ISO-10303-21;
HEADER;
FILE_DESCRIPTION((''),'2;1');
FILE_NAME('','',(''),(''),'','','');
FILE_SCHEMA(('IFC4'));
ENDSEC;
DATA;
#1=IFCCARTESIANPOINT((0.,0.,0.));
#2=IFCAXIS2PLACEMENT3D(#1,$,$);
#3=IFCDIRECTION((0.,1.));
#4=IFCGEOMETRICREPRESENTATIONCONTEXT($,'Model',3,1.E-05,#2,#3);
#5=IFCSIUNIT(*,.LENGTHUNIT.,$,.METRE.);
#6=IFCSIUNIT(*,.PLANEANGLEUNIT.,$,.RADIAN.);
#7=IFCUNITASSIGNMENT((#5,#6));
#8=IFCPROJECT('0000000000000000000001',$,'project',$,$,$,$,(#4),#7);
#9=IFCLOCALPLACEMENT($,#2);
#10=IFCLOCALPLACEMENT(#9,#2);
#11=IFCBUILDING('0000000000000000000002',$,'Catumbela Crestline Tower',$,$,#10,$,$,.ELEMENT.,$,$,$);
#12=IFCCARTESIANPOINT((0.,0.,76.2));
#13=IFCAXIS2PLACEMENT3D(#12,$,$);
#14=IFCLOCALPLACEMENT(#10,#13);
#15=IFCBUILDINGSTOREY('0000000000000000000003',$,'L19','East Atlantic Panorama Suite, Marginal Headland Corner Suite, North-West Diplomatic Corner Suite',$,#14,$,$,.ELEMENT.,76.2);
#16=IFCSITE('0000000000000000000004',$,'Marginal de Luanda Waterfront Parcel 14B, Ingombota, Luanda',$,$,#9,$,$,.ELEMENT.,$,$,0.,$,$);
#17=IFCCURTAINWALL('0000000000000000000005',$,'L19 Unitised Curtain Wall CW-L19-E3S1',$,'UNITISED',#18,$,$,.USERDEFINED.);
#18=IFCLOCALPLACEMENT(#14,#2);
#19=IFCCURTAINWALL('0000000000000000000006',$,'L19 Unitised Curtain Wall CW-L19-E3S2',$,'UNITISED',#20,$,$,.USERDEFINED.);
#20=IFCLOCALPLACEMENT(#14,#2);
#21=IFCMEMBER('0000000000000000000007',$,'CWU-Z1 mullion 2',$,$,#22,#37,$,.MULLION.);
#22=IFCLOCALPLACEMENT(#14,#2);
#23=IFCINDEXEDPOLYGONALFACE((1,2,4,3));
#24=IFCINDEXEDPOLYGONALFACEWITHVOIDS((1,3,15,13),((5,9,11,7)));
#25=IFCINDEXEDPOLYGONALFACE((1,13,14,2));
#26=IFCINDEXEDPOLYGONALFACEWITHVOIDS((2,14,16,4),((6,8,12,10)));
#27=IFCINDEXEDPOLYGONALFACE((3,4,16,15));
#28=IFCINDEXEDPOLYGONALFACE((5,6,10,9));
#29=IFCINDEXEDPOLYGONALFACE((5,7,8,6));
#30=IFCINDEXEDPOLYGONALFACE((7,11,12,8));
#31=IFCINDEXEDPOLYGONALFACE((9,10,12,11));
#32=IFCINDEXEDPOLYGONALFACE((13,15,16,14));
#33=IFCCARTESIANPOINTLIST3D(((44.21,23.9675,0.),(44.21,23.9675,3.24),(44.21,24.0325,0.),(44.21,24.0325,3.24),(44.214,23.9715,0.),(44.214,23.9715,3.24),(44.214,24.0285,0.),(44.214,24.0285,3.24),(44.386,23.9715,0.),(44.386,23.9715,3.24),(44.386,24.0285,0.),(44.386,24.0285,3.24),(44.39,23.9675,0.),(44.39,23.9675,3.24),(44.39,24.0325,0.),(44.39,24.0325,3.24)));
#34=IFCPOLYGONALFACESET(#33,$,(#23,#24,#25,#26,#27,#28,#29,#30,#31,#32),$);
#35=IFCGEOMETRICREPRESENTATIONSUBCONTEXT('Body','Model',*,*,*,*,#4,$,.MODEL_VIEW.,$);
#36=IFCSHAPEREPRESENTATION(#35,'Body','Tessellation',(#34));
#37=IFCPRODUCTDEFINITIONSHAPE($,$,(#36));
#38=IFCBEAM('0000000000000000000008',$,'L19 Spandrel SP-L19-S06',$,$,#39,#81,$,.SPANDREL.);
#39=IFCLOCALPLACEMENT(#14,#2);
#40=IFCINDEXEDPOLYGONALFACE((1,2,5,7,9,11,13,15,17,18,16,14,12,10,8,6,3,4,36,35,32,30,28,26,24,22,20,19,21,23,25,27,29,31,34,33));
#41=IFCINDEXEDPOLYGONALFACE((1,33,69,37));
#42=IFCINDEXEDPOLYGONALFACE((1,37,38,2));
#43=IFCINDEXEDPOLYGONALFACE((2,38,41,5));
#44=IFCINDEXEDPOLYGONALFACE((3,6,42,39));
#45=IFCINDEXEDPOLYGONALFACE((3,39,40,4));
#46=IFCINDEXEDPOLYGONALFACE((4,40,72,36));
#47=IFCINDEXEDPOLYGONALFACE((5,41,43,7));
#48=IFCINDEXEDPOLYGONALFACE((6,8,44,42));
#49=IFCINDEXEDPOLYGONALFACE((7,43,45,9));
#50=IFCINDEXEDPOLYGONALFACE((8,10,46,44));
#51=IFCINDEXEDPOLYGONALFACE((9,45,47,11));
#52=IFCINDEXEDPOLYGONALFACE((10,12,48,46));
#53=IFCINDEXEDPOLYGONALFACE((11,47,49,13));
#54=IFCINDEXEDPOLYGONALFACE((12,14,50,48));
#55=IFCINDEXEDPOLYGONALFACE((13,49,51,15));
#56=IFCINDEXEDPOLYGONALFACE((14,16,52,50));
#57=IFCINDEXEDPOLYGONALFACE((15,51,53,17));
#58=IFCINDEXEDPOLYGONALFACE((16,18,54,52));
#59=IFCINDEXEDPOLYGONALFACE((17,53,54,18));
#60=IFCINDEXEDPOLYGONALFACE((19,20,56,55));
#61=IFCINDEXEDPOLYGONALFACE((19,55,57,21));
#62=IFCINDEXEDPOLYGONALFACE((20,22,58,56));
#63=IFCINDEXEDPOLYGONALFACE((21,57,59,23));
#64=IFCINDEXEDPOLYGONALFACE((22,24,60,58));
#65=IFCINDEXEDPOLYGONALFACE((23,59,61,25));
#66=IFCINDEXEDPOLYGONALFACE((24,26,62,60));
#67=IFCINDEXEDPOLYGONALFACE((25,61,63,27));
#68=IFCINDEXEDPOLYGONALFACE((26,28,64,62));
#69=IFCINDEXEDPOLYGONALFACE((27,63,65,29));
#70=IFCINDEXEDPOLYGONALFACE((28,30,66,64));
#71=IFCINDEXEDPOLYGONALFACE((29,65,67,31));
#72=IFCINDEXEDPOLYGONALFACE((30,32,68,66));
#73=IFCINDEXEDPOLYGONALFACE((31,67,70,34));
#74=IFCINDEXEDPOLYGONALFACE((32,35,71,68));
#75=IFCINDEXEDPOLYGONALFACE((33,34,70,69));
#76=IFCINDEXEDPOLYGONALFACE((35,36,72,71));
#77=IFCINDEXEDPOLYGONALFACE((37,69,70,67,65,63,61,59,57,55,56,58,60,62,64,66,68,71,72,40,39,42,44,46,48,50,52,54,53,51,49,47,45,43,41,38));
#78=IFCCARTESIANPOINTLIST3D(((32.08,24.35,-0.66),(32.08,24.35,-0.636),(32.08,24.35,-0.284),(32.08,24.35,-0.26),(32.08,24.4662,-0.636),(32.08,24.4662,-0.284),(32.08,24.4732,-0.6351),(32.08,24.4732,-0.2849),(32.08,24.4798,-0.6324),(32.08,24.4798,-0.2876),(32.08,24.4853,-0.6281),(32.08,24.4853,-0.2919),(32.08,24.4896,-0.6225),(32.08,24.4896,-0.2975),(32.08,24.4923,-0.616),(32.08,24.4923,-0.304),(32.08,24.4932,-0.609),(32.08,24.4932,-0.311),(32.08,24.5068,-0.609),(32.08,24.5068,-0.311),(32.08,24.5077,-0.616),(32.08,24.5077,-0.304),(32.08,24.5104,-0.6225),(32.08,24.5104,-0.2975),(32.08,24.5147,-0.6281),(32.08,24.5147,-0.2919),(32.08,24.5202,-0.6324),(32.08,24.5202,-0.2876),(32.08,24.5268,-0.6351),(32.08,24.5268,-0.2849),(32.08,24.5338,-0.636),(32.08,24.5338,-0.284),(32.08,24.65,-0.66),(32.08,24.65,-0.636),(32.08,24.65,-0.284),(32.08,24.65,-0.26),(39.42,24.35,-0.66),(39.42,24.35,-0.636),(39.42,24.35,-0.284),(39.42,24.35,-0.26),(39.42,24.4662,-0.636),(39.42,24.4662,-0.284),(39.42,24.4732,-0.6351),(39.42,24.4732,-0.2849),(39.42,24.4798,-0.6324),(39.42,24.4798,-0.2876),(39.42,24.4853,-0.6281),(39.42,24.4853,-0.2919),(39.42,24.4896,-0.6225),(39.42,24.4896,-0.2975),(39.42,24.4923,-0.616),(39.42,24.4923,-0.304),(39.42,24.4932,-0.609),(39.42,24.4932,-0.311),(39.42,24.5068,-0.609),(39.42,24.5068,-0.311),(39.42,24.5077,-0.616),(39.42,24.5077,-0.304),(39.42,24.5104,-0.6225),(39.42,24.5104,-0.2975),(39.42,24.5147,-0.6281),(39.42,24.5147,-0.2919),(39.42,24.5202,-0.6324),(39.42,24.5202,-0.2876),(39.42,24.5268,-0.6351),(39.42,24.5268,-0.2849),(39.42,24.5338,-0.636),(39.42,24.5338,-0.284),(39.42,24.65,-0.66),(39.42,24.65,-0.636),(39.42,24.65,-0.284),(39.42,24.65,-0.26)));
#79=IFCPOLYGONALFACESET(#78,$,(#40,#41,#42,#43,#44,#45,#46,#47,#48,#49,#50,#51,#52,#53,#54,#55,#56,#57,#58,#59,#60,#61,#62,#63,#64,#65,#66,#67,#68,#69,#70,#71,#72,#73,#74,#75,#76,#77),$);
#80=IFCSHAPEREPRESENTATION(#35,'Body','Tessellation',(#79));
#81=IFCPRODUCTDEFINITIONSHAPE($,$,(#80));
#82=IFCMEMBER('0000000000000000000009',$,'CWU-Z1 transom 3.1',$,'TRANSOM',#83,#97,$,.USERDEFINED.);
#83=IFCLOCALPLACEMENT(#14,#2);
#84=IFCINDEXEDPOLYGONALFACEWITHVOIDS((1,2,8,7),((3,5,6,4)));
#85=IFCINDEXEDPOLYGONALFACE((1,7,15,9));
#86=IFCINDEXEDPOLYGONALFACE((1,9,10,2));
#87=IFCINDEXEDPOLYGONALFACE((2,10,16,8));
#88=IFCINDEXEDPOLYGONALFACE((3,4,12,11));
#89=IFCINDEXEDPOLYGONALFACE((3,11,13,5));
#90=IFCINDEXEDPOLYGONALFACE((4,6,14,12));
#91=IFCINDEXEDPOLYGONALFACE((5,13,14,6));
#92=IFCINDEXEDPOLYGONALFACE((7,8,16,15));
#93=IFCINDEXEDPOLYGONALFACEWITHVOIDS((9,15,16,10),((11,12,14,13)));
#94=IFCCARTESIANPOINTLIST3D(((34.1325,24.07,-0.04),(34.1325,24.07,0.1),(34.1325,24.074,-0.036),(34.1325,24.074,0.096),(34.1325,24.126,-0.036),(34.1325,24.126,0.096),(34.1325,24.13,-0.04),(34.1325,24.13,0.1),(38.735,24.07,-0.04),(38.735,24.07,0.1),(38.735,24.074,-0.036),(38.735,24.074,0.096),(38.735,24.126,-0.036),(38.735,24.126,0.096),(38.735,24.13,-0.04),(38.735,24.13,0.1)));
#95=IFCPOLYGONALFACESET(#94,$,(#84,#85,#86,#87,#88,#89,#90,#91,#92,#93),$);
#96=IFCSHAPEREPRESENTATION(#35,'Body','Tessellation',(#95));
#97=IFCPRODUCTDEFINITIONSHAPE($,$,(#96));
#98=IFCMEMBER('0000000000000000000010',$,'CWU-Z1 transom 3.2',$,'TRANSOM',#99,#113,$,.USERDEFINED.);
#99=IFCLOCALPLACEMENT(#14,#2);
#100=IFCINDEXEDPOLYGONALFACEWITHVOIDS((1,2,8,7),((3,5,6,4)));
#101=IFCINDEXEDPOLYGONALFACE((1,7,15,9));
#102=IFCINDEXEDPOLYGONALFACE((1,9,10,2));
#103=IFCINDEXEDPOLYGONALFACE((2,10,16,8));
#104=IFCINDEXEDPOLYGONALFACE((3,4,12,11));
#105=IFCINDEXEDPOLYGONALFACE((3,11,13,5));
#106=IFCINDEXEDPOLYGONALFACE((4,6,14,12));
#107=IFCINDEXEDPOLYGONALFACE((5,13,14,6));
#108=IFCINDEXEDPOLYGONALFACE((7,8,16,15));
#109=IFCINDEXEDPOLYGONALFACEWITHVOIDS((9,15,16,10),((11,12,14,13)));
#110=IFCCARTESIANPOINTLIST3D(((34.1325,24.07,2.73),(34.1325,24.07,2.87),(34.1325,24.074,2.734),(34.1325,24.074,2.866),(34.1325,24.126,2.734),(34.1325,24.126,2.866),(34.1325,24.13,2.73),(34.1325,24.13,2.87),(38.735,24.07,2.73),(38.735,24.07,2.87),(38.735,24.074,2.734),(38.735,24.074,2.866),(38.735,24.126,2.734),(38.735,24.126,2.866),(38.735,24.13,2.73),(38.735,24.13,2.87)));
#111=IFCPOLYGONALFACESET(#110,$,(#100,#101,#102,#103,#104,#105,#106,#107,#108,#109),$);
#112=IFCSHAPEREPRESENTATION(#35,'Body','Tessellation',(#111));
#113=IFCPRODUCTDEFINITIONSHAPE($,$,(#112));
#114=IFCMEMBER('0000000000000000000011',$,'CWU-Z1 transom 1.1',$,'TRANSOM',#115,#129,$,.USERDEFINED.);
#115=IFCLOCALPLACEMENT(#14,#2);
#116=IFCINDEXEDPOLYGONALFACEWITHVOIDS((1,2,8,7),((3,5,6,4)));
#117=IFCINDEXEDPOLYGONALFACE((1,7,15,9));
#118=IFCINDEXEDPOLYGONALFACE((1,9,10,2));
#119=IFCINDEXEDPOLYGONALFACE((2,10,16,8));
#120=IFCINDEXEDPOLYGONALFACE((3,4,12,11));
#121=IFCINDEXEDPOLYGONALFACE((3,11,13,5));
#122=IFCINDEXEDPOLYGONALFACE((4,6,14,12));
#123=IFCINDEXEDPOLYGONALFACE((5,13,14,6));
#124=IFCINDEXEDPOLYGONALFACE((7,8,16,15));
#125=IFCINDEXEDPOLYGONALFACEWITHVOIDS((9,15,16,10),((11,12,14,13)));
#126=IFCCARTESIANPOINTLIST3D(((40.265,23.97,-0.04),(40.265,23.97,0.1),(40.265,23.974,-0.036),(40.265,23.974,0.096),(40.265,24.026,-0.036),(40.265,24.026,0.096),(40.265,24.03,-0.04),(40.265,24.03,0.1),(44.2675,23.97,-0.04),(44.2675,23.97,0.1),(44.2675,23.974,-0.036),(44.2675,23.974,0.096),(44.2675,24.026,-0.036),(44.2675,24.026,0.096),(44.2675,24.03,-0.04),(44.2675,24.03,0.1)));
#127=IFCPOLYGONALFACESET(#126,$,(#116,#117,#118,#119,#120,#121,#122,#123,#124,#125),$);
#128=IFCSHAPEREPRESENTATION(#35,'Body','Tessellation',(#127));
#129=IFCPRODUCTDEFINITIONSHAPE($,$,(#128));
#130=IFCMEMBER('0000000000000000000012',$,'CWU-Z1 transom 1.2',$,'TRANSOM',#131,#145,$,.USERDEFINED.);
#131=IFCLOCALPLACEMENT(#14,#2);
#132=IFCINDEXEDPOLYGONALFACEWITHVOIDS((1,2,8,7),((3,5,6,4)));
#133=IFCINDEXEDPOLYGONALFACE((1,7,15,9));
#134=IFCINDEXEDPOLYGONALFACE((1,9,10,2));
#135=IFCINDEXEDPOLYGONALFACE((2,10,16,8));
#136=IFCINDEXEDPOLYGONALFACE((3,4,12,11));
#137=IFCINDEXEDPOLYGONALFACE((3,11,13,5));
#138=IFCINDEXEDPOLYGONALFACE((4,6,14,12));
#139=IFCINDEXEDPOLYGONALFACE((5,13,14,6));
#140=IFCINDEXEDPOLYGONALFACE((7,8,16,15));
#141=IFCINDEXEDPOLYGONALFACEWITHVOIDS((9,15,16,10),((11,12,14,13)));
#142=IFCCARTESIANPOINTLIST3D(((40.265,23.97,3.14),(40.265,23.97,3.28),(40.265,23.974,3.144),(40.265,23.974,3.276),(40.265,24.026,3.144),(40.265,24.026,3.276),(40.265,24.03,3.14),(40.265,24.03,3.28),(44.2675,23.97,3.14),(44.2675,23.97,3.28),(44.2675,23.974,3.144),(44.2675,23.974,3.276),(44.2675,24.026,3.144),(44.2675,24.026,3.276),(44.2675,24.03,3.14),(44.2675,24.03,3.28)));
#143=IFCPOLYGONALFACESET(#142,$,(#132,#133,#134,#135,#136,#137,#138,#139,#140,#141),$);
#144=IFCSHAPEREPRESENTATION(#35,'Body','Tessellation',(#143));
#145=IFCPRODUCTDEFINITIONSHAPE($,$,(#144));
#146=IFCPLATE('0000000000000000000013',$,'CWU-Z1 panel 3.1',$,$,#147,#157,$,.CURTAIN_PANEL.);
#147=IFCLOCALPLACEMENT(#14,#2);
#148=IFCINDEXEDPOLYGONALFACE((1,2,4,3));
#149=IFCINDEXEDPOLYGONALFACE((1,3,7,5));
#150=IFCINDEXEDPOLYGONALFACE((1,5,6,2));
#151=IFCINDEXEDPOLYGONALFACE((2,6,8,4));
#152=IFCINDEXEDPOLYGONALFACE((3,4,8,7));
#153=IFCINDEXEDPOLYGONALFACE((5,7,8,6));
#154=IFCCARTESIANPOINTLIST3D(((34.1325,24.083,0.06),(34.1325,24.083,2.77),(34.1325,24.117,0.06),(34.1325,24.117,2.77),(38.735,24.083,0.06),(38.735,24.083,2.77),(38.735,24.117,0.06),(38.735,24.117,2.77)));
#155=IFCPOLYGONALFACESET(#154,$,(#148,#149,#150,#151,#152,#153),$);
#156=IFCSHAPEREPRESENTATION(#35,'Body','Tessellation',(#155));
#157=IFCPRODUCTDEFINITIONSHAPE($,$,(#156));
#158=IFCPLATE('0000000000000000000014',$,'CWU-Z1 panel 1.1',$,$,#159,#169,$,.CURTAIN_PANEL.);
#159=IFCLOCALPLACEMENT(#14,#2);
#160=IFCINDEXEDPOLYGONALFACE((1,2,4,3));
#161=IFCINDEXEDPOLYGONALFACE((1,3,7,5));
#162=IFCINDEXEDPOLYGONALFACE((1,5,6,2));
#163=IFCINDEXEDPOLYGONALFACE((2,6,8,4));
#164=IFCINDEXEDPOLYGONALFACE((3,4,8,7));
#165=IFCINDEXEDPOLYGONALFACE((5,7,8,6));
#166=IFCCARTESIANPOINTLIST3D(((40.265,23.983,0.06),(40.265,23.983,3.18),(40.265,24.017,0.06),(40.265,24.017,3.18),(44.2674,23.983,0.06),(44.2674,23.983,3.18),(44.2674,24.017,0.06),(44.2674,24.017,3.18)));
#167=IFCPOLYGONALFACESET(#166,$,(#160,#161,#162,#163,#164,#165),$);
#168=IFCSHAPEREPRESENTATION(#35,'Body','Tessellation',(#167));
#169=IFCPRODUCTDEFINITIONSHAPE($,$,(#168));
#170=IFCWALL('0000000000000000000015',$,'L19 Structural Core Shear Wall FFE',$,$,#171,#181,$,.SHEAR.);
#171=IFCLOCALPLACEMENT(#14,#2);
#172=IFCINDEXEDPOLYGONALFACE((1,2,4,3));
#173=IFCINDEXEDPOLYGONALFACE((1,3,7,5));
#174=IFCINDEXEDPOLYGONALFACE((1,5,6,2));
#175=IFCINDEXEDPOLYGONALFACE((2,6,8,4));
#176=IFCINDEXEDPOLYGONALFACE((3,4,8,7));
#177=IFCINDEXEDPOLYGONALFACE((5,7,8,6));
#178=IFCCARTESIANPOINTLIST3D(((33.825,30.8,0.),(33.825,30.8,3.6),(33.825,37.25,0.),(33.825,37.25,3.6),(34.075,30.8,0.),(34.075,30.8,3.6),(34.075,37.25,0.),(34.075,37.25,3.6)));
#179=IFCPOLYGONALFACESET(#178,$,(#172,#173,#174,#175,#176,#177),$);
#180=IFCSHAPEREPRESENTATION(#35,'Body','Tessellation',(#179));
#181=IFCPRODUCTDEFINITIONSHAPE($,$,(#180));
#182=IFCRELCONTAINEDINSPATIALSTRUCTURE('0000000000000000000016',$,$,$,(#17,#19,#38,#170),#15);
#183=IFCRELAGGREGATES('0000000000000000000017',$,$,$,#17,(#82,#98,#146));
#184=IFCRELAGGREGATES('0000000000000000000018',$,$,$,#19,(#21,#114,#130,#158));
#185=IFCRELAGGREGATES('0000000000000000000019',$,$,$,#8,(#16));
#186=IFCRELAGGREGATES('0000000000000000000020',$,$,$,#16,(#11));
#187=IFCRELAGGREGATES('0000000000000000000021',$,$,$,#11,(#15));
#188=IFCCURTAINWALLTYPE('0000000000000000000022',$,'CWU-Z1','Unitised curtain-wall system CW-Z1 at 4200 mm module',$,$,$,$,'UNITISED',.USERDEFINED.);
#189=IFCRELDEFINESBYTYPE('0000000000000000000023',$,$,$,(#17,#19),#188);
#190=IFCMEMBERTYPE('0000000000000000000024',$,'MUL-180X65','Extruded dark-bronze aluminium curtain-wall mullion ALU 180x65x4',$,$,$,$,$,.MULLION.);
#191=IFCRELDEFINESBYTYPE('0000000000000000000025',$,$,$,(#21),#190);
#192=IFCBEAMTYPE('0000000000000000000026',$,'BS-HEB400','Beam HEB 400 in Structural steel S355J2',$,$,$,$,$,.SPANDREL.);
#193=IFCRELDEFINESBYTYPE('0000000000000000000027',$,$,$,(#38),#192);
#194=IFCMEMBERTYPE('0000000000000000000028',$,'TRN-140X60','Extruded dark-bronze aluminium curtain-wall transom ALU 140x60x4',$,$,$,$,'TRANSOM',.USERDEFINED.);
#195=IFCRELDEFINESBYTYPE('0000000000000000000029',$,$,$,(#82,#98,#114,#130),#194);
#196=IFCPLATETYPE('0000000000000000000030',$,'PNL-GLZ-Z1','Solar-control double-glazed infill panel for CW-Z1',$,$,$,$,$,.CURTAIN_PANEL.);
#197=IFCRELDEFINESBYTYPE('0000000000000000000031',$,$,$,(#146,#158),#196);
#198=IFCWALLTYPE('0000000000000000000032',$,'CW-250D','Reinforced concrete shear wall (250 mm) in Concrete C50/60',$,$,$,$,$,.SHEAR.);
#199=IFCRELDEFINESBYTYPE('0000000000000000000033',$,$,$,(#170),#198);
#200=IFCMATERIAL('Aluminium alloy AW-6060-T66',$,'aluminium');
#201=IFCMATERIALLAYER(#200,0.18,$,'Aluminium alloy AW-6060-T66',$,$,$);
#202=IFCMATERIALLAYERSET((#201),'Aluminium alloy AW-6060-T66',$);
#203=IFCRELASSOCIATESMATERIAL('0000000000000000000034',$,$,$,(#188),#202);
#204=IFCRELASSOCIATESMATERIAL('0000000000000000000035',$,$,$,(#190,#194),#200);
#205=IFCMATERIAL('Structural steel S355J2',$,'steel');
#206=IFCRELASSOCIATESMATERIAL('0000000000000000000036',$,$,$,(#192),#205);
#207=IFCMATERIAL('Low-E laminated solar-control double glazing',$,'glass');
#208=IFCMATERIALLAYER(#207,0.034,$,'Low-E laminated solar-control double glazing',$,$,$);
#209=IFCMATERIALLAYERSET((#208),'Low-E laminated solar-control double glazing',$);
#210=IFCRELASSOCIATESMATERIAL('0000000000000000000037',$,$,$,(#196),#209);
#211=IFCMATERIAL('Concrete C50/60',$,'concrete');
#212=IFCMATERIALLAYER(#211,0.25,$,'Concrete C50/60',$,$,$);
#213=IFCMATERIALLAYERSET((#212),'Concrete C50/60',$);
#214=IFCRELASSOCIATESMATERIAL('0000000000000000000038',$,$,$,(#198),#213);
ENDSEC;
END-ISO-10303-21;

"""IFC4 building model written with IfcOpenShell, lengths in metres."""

from ifc_helpers import new_model, si_unit, direction, frame, frame_2d, origin, origin_2d, place, context, subcontext, project, spatial, rectangle, hollow_rectangle, i_section, extrude, material, layer, layer_set, material_profile, profile_set, type_object, element, aggregate, save


model = new_model("IFC4")

# Units and contexts
model_context = context("Model", 3, precision=1e-05, world=origin(), true_north=direction((0.0, 1.0)))
body_context = subcontext(model_context, "Body", "Model", "MODEL_VIEW")
ifc_project = project(units=[si_unit("LENGTHUNIT", "METRE"), si_unit("PLANEANGLEUNIT", "RADIAN")], contexts=[model_context])

# Site, building, storey
site_placement = place(None, origin())
site = spatial("IfcSite", under=ifc_project, at=site_placement, Name="Marginal de Luanda Waterfront Parcel 14B, Ingombota, Luanda", CompositionType="ELEMENT", RefElevation=0.0)
building_placement = place(site_placement, origin())
building = spatial("IfcBuilding", under=site, at=building_placement, Name="Catumbela Crestline Tower", CompositionType="ELEMENT")
storey_placement = place(building_placement, frame((0.0, 0.0, 76.2)))
storey = spatial("IfcBuildingStorey", under=building, at=storey_placement, Name="L19", Description="East Atlantic Panorama Suite, Marginal Headland Corner Suite, North-West Diplomatic Corner Suite", CompositionType="ELEMENT", Elevation=76.2)

# Shared definitions
ifc_material_1 = material(Name="Structural steel S355J2", Category="steel")

# Curtain walls, member
ifc_material_2 = material(Name="Aluminium alloy AW-6060-T66", Category="aluminium")
ifc_layer_1 = layer(ifc_material_2, 0.18, Name="Aluminium alloy AW-6060-T66")
ifc_layer_set_1 = layer_set([ifc_layer_1], Name="Aluminium alloy AW-6060-T66")
curtain_wall_type = type_object("IfcCurtainWallType", Name="CWU-Z1", Description="Unitised curtain-wall system CW-Z1 at 4200 mm module", ElementType="UNITISED", PredefinedType="USERDEFINED", material=ifc_layer_set_1)
curtain_wall_1_placement = place(storey_placement, origin())
curtain_wall_1 = element("IfcCurtainWall", 1, at=curtain_wall_1_placement, inside=storey, type_object=curtain_wall_type, Name="L19 Unitised Curtain Wall CW-L19-E3S1", ObjectType="UNITISED", PredefinedType="USERDEFINED")
ifc_material_profile_1 = material_profile(ifc_material_2, hollow_rectangle(XDim=0.065, YDim=0.18, WallThickness=0.004, at=origin_2d()), Name="ALU 180x65x4")
ifc_profile_set_1 = profile_set([ifc_material_profile_1], Name="Aluminium alloy AW-6060-T66")
member_type_1 = type_object("IfcMemberType", Name="MUL-180X65", Description="Extruded dark-bronze aluminium curtain-wall mullion ALU 180x65x4", PredefinedType="MULLION", material=ifc_profile_set_1)
curtain_wall_2_placement = place(storey_placement, origin())
curtain_wall_2 = element("IfcCurtainWall", 2, at=curtain_wall_2_placement, inside=storey, type_object=curtain_wall_type, Name="L19 Unitised Curtain Wall CW-L19-E3S2", ObjectType="UNITISED", PredefinedType="USERDEFINED")
member_1_placement = place(storey_placement, frame((44.3, 24.0, 0.0), z_axis=(0.0, 0.0, 1.0), x_axis=(0.0, 1.0, 0.0)))
member_1 = element("IfcMember", 3, at=member_1_placement, type_object=member_type_1, Name="CWU-Z1 mullion 2", PredefinedType="MULLION", context=body_context, shape_type="SweptSolid", body=[
    extrude(hollow_rectangle(XDim=0.065, YDim=0.18, WallThickness=0.004, at=origin_2d()), origin(), (0.0, 0.0, 1.0), 3.24),
])

# Beam
ifc_material_profile_2 = material_profile(ifc_material_1, i_section(OverallWidth=0.3, OverallDepth=0.4, WebThickness=0.0135, FlangeThickness=0.024, FilletRadius=0.027, at=origin_2d()), Name="HEB 400")
ifc_profile_set_2 = profile_set([ifc_material_profile_2], Name="Structural steel S355J2")
beam_type_1 = type_object("IfcBeamType", Name="BS-HEB400", Description="Beam HEB 400 in Structural steel S355J2", PredefinedType="SPANDREL", material=ifc_profile_set_2)
beam_1_placement = place(storey_placement, frame((32.08, 24.5, -0.46), z_axis=(1.0, 0.0, 0.0), x_axis=(0.0, 1.0, 0.0)))
element("IfcBeam", 4, at=beam_1_placement, inside=storey, type_object=beam_type_1, Name="L19 Spandrel SP-L19-S06", PredefinedType="SPANDREL", context=body_context, shape_type="SweptSolid", body=[
    extrude(i_section(OverallWidth=0.3, OverallDepth=0.4, WebThickness=0.0135, FlangeThickness=0.024, FilletRadius=0.027, at=origin_2d()), origin(), (0.0, 0.0, 1.0), 7.34),
])

# Members
ifc_material_profile_3 = material_profile(ifc_material_2, hollow_rectangle(XDim=0.06, YDim=0.14, WallThickness=0.004, at=origin_2d()), Name="ALU 140x60x4")
ifc_profile_set_3 = profile_set([ifc_material_profile_3], Name="Aluminium alloy AW-6060-T66")
member_type_2 = type_object("IfcMemberType", Name="TRN-140X60", Description="Extruded dark-bronze aluminium curtain-wall transom ALU 140x60x4", ElementType="TRANSOM", PredefinedType="USERDEFINED", material=ifc_profile_set_3)
member_2_placement = place(storey_placement, frame((34.1325, 24.1, 0.03), z_axis=(1.0, 0.0, 0.0), x_axis=(0.0, 1.0, 0.0)))
member_2 = element("IfcMember", 5, at=member_2_placement, type_object=member_type_2, Name="CWU-Z1 transom 3.1", ObjectType="TRANSOM", PredefinedType="USERDEFINED", context=body_context, shape_type="SweptSolid", body=[
    extrude(hollow_rectangle(XDim=0.06, YDim=0.14, WallThickness=0.004, at=origin_2d()), origin(), (0.0, 0.0, 1.0), 4.6025),
])
member_3_placement = place(storey_placement, frame((34.1325, 24.1, 2.8), z_axis=(1.0, 0.0, 0.0), x_axis=(0.0, 1.0, 0.0)))
member_3 = element("IfcMember", 6, at=member_3_placement, type_object=member_type_2, Name="CWU-Z1 transom 3.2", ObjectType="TRANSOM", PredefinedType="USERDEFINED", context=body_context, shape_type="SweptSolid", body=[
    extrude(hollow_rectangle(XDim=0.06, YDim=0.14, WallThickness=0.004, at=origin_2d()), origin(), (0.0, 0.0, 1.0), 4.6025),
])
member_4_placement = place(storey_placement, frame((40.265, 24.0, 0.03), z_axis=(1.0, 0.0, 0.0), x_axis=(0.0, 1.0, 0.0)))
member_4 = element("IfcMember", 7, at=member_4_placement, type_object=member_type_2, Name="CWU-Z1 transom 1.1", ObjectType="TRANSOM", PredefinedType="USERDEFINED", context=body_context, shape_type="SweptSolid", body=[
    extrude(hollow_rectangle(XDim=0.06, YDim=0.14, WallThickness=0.004, at=origin_2d()), origin(), (0.0, 0.0, 1.0), 4.0025),
])
member_5_placement = place(storey_placement, frame((40.265, 24.0, 3.21), z_axis=(1.0, 0.0, 0.0), x_axis=(0.0, 1.0, 0.0)))
member_5 = element("IfcMember", 8, at=member_5_placement, type_object=member_type_2, Name="CWU-Z1 transom 1.2", ObjectType="TRANSOM", PredefinedType="USERDEFINED", context=body_context, shape_type="SweptSolid", body=[
    extrude(hollow_rectangle(XDim=0.06, YDim=0.14, WallThickness=0.004, at=origin_2d()), origin(), (0.0, 0.0, 1.0), 4.0025),
])

# Plates
ifc_material_3 = material(Name="Low-E laminated solar-control double glazing", Category="glass")
ifc_layer_2 = layer(ifc_material_3, 0.034, Name="Low-E laminated solar-control double glazing")
ifc_layer_set_2 = layer_set([ifc_layer_2], Name="Low-E laminated solar-control double glazing")
plate_type = type_object("IfcPlateType", Name="PNL-GLZ-Z1", Description="Solar-control double-glazed infill panel for CW-Z1", PredefinedType="CURTAIN_PANEL", material=ifc_layer_set_2)
plate_1_placement = place(storey_placement, frame((36.4338, 24.1, 0.06), z_axis=(0.0, 0.0, 1.0), x_axis=(1.0, 0.0, 0.0)))
plate_1 = element("IfcPlate", 9, at=plate_1_placement, type_object=plate_type, Name="CWU-Z1 panel 3.1", PredefinedType="CURTAIN_PANEL", context=body_context, shape_type="SweptSolid", body=[
    extrude(rectangle(XDim=4.6025, YDim=0.034, at=origin_2d()), origin(), (0.0, 0.0, 1.0), 2.71),
])
aggregate(curtain_wall_1, [member_2, member_3, plate_1])
plate_2_placement = place(storey_placement, frame((42.2662, 24.0, 0.06), z_axis=(0.0, 0.0, 1.0), x_axis=(1.0, 0.0, 0.0)))
plate_2 = element("IfcPlate", 10, at=plate_2_placement, type_object=plate_type, Name="CWU-Z1 panel 1.1", PredefinedType="CURTAIN_PANEL", context=body_context, shape_type="SweptSolid", body=[
    extrude(rectangle(XDim=4.0025, YDim=0.034, at=origin_2d()), origin(), (0.0, 0.0, 1.0), 3.12),
])
aggregate(curtain_wall_2, [member_1, member_4, member_5, plate_2])

# Wall
ifc_material_4 = material(Name="Concrete C50/60", Category="concrete")
ifc_layer_3 = layer(ifc_material_4, 0.25, Name="Concrete C50/60")
ifc_layer_set_3 = layer_set([ifc_layer_3], Name="Concrete C50/60")
wall_type_1 = type_object("IfcWallType", Name="CW-250D", Description="Reinforced concrete shear wall (250 mm) in Concrete C50/60", PredefinedType="SHEAR", material=ifc_layer_set_3)
wall_1_placement = place(storey_placement, frame((33.95, 30.8, 0.0), z_axis=(0.0, 0.0, 1.0), x_axis=(0.0, 1.0, 0.0)))
element("IfcWall", 11, at=wall_1_placement, inside=storey, type_object=wall_type_1, Name="L19 Structural Core Shear Wall FFE", PredefinedType="SHEAR", context=body_context, shape_type="SweptSolid", body=[
    extrude(rectangle(XDim=6.45, YDim=0.25, at=frame_2d((3.225, 0.0))), origin(), (0.0, 0.0, 1.0), 3.6),
])

save(model, "model.ifc")
